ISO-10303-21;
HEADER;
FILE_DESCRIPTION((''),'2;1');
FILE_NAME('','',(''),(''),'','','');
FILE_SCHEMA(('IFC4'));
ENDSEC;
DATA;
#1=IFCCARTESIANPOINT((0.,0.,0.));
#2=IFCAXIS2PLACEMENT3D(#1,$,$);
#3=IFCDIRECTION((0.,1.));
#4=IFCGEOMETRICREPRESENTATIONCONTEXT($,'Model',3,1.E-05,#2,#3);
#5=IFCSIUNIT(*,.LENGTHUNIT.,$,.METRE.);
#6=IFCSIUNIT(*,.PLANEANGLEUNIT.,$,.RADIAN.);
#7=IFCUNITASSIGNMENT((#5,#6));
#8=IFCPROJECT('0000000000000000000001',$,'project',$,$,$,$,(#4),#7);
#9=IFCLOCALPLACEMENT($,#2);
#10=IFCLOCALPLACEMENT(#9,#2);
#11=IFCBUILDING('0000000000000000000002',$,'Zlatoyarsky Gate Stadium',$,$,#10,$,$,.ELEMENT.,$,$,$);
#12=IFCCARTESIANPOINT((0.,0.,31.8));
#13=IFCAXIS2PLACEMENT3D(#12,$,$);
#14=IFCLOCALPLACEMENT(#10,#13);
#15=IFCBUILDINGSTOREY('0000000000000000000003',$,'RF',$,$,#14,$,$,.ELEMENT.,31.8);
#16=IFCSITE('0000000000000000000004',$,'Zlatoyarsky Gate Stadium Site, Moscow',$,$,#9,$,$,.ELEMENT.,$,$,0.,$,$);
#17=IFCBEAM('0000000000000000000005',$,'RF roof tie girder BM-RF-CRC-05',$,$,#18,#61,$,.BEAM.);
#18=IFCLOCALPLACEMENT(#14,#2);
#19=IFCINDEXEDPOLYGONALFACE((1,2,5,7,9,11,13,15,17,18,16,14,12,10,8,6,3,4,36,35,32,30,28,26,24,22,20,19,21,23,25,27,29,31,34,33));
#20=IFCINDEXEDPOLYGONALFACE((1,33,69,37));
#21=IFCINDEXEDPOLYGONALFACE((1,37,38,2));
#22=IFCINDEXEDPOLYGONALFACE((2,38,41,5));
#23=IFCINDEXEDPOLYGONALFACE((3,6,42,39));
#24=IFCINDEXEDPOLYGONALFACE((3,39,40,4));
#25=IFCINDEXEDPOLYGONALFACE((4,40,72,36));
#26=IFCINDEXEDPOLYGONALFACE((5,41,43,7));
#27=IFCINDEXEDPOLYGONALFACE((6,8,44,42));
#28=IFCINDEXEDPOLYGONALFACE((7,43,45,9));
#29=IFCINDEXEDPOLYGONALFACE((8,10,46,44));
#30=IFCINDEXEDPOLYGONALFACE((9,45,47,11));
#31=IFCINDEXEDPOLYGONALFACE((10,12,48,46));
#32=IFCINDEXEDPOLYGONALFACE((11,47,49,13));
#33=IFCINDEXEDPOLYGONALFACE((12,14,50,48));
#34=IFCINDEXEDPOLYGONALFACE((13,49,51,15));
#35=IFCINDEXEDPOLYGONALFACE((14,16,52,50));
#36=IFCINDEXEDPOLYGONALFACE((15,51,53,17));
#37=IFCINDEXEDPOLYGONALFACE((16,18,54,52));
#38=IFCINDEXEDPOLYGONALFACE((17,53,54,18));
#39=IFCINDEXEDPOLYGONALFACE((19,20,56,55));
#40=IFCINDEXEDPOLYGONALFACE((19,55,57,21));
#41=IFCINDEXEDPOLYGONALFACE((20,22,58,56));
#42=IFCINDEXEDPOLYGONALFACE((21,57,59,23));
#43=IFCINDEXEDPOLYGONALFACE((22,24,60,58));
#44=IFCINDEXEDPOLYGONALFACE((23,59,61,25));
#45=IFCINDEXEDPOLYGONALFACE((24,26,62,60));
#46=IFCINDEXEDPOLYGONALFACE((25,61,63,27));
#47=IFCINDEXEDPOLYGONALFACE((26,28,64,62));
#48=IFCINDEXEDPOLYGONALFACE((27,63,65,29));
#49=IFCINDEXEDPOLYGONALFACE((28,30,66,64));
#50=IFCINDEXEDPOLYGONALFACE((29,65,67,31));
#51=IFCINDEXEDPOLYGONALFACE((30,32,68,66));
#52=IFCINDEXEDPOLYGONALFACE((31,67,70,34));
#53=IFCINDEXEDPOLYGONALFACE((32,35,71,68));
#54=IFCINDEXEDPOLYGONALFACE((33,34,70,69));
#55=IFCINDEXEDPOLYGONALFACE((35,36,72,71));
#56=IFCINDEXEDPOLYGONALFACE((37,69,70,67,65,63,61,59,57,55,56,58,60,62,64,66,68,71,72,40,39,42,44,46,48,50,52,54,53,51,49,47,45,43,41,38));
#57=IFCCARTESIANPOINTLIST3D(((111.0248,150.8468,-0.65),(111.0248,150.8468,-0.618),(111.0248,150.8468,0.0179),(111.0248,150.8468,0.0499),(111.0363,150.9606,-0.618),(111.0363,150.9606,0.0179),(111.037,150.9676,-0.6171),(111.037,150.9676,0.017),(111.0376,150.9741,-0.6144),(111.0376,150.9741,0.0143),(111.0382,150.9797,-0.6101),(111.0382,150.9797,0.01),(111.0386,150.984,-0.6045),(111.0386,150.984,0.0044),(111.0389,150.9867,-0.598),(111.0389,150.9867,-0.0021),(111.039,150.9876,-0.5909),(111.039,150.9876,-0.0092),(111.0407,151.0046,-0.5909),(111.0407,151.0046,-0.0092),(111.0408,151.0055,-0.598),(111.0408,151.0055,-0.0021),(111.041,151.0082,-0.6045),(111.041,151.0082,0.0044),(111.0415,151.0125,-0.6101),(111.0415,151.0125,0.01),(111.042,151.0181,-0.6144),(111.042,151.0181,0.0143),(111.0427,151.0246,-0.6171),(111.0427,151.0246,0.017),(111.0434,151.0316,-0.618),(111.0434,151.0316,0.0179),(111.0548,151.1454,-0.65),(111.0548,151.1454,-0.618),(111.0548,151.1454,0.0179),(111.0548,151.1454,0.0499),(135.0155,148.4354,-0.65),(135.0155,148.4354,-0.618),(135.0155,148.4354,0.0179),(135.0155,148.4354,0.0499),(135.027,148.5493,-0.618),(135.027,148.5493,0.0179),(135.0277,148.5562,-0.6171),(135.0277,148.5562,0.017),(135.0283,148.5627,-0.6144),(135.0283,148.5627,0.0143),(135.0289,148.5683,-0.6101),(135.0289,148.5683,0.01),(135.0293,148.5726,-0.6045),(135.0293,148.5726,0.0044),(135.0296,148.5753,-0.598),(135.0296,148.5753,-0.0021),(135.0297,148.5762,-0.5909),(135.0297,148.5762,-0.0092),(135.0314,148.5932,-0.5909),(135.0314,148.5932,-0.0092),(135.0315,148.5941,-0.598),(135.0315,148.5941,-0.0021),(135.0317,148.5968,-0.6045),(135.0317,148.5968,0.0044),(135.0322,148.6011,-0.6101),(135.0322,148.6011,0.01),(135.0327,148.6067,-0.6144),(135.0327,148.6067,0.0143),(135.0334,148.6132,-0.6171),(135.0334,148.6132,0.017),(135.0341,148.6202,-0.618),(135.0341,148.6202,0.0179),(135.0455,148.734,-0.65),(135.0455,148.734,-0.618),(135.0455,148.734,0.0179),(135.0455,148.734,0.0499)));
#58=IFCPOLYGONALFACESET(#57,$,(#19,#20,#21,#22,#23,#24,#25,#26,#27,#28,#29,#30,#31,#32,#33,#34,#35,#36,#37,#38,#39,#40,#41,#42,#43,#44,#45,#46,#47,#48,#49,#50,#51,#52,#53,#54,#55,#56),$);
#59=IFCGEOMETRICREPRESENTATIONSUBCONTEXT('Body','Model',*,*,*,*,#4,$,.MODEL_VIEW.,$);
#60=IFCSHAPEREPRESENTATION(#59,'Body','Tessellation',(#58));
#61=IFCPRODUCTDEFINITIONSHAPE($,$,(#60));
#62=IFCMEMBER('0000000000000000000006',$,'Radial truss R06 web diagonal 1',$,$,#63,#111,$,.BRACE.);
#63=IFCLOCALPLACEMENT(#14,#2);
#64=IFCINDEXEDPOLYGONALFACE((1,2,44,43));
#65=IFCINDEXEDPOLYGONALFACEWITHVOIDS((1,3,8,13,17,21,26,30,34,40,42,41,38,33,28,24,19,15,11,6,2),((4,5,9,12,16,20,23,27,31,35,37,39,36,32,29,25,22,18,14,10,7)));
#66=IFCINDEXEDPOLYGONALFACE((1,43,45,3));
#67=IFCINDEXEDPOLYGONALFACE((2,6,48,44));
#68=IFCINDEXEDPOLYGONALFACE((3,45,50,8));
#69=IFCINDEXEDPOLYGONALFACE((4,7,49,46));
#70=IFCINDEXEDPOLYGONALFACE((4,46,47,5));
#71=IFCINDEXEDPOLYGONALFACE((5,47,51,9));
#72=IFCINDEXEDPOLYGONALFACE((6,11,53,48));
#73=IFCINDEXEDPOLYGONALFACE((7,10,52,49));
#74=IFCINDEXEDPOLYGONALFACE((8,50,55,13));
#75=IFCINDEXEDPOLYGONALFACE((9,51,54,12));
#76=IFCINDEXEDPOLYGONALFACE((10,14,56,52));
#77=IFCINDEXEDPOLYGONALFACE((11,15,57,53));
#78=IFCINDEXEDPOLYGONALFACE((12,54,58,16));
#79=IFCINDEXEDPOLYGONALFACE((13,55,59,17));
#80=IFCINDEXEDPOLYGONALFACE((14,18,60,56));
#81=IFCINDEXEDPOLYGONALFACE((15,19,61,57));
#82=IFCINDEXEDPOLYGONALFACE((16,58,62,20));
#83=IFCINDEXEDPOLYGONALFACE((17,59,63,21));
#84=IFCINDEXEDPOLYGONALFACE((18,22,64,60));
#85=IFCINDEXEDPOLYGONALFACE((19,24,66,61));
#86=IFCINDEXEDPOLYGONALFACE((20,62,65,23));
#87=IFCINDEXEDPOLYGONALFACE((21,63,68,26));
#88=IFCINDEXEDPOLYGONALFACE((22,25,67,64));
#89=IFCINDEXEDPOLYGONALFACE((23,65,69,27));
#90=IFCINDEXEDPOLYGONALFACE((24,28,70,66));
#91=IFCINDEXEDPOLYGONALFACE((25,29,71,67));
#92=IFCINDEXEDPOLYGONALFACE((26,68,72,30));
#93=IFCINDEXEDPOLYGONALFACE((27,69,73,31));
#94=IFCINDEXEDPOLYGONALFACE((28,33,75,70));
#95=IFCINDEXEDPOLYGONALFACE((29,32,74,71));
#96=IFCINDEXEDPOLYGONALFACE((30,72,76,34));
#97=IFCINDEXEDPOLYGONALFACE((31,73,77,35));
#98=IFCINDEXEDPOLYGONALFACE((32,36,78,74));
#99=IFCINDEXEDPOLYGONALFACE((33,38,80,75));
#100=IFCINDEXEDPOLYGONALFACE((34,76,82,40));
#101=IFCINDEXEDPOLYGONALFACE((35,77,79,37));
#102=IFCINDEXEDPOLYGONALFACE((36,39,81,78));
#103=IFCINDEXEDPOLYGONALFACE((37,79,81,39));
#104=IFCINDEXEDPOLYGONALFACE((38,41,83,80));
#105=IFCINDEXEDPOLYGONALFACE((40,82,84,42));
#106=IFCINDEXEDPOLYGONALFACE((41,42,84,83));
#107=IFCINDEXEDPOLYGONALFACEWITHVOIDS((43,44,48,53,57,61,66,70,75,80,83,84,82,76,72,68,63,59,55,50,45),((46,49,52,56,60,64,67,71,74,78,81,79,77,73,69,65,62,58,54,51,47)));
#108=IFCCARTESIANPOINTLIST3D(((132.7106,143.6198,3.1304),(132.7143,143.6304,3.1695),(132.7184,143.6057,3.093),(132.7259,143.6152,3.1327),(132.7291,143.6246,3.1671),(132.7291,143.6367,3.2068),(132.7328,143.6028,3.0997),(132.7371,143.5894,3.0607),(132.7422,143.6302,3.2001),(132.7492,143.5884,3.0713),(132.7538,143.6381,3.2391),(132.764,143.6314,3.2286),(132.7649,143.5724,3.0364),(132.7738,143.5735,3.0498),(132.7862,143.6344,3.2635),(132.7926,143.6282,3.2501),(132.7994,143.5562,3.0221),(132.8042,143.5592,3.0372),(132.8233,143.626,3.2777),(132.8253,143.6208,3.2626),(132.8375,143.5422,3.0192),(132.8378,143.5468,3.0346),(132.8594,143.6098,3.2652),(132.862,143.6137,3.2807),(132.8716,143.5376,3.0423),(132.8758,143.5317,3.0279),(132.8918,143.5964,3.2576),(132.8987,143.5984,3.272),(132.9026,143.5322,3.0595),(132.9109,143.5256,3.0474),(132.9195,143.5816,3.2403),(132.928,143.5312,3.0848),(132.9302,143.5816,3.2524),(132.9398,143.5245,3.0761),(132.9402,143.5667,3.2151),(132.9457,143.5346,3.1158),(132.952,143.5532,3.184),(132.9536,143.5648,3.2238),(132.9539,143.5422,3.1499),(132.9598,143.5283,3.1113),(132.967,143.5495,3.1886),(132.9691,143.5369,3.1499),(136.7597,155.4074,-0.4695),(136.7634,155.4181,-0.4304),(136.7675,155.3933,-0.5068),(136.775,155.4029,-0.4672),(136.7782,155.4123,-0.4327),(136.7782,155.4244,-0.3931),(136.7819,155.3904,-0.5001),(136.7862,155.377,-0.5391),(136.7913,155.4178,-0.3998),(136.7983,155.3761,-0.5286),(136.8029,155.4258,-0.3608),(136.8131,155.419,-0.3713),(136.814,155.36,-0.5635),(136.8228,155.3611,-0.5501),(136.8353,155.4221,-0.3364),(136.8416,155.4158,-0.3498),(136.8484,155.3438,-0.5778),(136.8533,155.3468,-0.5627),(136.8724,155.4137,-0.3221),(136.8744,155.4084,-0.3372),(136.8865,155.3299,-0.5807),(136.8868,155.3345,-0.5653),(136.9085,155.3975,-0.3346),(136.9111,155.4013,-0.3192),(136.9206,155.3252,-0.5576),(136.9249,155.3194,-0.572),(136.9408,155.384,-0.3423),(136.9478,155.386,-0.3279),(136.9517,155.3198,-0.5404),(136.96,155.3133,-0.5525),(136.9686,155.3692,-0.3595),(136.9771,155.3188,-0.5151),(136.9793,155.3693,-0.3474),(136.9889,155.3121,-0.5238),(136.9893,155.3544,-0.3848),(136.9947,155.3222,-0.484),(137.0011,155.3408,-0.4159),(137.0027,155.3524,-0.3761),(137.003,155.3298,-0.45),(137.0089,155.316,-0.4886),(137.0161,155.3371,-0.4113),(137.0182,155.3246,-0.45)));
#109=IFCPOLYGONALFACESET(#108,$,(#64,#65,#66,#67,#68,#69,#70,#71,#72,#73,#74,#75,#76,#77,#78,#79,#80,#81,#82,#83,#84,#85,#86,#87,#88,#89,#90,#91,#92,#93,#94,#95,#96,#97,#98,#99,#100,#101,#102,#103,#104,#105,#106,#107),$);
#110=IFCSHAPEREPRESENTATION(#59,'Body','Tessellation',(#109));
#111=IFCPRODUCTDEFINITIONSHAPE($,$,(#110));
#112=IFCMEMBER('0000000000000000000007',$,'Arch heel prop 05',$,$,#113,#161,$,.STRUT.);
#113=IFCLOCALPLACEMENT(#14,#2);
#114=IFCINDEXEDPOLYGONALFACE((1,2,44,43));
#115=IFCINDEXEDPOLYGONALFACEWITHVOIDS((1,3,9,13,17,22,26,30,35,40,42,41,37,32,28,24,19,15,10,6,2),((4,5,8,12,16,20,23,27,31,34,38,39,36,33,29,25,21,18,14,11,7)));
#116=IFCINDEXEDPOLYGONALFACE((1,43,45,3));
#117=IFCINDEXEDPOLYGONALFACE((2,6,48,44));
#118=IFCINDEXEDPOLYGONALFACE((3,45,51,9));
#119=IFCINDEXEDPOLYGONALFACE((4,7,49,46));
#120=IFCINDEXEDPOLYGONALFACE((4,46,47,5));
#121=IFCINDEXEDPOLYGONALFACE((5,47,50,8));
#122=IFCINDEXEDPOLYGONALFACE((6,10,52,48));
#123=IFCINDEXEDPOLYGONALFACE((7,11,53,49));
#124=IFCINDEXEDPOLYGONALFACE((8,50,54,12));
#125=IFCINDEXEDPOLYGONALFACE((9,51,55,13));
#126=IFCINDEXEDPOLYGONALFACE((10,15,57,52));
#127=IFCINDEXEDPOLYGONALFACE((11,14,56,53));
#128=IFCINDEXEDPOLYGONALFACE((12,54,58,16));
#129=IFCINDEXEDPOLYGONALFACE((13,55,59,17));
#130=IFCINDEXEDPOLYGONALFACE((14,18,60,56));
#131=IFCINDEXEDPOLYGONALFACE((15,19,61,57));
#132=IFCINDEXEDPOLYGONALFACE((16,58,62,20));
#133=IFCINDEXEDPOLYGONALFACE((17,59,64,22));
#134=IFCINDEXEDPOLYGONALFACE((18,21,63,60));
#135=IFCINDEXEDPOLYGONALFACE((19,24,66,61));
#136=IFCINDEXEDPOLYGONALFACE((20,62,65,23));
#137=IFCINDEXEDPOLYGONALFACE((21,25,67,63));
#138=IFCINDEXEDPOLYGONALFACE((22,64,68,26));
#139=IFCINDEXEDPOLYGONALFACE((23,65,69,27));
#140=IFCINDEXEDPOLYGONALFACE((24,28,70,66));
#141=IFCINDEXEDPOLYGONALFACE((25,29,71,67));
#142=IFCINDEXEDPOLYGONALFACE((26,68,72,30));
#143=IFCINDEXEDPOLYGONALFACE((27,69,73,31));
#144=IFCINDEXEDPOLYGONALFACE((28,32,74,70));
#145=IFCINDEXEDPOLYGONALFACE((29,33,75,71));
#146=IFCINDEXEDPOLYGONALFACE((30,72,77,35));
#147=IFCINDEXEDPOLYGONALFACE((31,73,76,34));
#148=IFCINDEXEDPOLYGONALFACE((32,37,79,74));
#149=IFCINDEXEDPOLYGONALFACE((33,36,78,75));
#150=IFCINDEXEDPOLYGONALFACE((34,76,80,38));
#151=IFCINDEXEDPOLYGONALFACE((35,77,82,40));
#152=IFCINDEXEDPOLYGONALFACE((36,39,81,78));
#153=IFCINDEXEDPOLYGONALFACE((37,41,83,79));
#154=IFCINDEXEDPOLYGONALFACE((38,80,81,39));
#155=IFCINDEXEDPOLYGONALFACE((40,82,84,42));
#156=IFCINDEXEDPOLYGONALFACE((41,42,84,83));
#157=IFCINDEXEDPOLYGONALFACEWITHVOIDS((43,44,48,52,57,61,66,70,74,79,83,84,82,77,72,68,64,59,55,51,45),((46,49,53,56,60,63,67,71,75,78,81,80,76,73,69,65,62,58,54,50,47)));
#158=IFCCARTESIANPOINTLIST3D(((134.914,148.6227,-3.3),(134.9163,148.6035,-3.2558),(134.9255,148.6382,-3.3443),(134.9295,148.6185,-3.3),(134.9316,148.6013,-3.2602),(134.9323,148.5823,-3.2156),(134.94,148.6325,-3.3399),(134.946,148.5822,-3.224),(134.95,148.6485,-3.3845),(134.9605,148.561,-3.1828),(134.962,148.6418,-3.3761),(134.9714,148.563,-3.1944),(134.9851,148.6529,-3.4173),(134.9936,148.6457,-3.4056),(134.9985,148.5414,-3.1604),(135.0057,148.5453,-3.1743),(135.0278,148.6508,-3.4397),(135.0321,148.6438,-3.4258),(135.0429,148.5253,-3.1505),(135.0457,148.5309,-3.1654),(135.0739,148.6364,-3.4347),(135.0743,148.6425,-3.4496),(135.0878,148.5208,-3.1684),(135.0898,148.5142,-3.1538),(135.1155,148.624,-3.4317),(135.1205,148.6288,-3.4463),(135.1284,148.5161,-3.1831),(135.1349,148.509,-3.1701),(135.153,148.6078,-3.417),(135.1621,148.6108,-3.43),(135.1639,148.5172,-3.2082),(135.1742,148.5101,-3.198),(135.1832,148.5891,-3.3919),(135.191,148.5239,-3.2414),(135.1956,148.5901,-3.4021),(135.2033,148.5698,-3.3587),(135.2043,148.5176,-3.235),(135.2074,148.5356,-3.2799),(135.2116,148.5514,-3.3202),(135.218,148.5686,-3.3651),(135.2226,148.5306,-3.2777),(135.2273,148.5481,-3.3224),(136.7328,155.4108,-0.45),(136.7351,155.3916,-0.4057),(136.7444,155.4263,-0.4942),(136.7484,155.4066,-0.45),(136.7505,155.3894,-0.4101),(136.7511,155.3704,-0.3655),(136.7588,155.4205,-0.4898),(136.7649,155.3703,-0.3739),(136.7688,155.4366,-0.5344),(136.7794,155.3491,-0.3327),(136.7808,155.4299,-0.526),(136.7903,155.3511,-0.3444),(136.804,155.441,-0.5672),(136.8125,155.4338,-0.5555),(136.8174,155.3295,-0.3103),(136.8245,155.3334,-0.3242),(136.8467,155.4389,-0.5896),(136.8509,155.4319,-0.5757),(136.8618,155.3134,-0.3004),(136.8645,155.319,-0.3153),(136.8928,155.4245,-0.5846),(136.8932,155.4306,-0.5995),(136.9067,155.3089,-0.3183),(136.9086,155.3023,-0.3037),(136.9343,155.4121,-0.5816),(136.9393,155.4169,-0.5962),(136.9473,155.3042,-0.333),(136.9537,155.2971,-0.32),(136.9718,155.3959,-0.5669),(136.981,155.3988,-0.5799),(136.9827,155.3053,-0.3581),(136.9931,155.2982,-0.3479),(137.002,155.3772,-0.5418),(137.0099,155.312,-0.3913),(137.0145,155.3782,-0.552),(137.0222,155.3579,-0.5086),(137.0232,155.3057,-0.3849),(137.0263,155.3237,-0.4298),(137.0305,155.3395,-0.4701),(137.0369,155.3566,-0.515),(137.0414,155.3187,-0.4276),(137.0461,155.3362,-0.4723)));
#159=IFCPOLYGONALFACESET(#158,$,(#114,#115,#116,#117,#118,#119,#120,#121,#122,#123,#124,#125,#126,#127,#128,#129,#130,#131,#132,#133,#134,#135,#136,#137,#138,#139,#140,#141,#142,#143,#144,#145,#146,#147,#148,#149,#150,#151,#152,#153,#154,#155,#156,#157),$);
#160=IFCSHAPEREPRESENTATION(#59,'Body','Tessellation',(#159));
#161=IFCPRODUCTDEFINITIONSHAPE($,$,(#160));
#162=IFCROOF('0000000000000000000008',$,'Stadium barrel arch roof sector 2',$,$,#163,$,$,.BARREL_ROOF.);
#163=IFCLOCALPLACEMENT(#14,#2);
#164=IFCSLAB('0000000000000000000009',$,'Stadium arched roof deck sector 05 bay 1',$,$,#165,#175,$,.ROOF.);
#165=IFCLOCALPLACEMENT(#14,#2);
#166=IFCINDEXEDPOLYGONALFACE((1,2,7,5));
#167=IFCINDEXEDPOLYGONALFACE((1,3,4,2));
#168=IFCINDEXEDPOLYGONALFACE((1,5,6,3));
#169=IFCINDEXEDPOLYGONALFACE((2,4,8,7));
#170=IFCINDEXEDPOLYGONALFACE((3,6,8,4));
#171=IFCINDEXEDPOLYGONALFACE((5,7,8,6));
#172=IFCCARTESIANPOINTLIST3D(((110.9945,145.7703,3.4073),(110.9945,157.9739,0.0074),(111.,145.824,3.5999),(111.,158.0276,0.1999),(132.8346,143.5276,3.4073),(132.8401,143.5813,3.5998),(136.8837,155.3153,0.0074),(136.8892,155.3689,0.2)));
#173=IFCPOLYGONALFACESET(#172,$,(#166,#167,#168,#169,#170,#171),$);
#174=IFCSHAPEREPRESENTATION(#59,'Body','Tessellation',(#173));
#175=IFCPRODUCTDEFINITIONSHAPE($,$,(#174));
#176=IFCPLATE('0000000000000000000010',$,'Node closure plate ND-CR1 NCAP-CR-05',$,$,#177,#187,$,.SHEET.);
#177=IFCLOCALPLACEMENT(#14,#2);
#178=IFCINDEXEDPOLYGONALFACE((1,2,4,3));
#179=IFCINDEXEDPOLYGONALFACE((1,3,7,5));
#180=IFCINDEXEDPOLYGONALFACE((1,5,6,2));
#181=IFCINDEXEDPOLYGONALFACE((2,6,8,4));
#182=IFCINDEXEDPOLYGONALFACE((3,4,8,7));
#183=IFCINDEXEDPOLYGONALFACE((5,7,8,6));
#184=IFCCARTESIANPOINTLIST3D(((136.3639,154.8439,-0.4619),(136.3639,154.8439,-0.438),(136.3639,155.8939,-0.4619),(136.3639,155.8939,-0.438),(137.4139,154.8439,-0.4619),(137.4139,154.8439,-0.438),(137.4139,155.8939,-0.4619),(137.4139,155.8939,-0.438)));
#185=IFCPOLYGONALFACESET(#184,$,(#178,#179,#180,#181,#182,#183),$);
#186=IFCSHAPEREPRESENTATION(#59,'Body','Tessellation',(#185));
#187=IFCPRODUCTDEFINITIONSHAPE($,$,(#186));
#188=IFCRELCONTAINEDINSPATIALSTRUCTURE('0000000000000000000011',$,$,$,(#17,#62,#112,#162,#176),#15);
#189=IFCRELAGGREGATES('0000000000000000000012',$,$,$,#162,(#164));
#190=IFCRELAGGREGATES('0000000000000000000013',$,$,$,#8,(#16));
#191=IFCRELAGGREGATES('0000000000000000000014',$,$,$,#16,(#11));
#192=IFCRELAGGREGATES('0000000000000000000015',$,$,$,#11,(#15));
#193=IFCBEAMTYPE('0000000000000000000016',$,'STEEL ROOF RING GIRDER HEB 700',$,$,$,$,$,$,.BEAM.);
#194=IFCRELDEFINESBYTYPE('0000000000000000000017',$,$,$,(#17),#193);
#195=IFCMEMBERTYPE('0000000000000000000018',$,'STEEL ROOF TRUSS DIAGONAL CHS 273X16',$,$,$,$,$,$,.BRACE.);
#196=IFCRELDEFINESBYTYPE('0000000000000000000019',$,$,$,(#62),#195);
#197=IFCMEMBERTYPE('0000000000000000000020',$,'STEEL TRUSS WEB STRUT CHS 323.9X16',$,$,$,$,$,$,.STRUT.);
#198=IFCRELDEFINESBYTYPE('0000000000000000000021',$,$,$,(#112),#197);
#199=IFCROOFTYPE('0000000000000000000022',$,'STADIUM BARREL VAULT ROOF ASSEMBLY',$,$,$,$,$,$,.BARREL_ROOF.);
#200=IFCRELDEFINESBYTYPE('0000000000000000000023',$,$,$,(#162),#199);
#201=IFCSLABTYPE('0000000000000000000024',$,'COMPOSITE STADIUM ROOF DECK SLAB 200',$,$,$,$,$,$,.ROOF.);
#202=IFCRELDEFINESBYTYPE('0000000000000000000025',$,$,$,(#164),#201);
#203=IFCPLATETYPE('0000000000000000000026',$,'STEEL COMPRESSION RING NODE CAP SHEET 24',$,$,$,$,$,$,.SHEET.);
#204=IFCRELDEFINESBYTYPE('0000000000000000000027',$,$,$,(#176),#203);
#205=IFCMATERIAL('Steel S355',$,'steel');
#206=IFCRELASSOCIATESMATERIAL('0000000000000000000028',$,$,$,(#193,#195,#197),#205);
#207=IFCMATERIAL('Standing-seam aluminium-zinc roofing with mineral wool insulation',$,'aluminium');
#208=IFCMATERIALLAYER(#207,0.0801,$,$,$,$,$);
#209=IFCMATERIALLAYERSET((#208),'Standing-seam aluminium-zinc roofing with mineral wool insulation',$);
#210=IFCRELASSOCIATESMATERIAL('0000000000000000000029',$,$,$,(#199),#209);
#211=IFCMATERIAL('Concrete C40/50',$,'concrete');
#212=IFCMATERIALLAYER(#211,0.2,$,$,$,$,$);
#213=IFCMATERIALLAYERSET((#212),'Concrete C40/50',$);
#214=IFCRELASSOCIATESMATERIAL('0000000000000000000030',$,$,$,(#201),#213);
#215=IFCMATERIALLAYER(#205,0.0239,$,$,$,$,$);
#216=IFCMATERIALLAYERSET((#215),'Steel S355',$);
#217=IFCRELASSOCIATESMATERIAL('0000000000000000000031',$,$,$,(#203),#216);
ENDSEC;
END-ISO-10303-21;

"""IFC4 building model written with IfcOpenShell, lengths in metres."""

from ifc_helpers import new_model, si_unit, direction, frame, origin, origin_2d, place, context, subcontext, project, spatial, polyline, rectangle, hollow_circle, i_section, outline, extrude, material, layer, layer_set, material_profile, profile_set, type_object, element, aggregate, save


model = new_model("IFC4")

# Units and contexts
model_context = context("Model", 3, precision=1e-05, world=origin(), true_north=direction((0.0, 1.0)))
body_context = subcontext(model_context, "Body", "Model", "MODEL_VIEW")
ifc_project = project(units=[si_unit("LENGTHUNIT", "METRE"), si_unit("PLANEANGLEUNIT", "RADIAN")], contexts=[model_context])

# Site, building, storey
site_placement = place(None, origin())
site = spatial("IfcSite", under=ifc_project, at=site_placement, Name="Zlatoyarsky Gate Stadium Site, Moscow", CompositionType="ELEMENT", RefElevation=0.0)
building_placement = place(site_placement, origin())
building = spatial("IfcBuilding", under=site, at=building_placement, Name="Zlatoyarsky Gate Stadium", CompositionType="ELEMENT")
storey_placement = place(building_placement, frame((0.0, 0.0, 31.8)))
storey = spatial("IfcBuildingStorey", under=building, at=storey_placement, Name="RF", CompositionType="ELEMENT", Elevation=31.8)

# Shared definitions
ifc_material_1 = material(Name="Steel S355", Category="steel")

# Beam
ifc_material_profile_1 = material_profile(ifc_material_1, i_section(OverallWidth=0.3, OverallDepth=0.7, WebThickness=0.0171, FlangeThickness=0.032, FilletRadius=0.0271, at=origin_2d()), Name="HEB 700")
ifc_profile_set_1 = profile_set([ifc_material_profile_1], Name="Steel S355")
beam_type_1 = type_object("IfcBeamType", Name="STEEL ROOF RING GIRDER HEB 700", PredefinedType="BEAM", material=ifc_profile_set_1)
beam_1_placement = place(storey_placement, frame((135.0305, 148.5847, -0.3), z_axis=(-0.994987, 0.100009, 0.0), x_axis=(-0.100009, -0.994987, 0.0)))
element("IfcBeam", 1, at=beam_1_placement, inside=storey, type_object=beam_type_1, Name="RF roof tie girder BM-RF-CRC-05", PredefinedType="BEAM", context=body_context, shape_type="SweptSolid", body=[
    extrude(i_section(OverallWidth=0.3, OverallDepth=0.7, WebThickness=0.0171, FlangeThickness=0.032, FilletRadius=0.0271, at=origin_2d()), origin(), (0.0, 0.0, 1.0), 24.1116),
])

# Members
ifc_material_profile_2 = material_profile(ifc_material_1, hollow_circle(Radius=0.1365, WallThickness=0.0161, at=origin_2d()), Name="CHS 273X16")
ifc_profile_set_2 = profile_set([ifc_material_profile_2], Name="Steel S355")
member_type_1 = type_object("IfcMemberType", Name="STEEL ROOF TRUSS DIAGONAL CHS 273X16", PredefinedType="BRACE", material=ifc_profile_set_2)
member_1_placement = place(storey_placement, frame((136.8892, 155.3689, -0.45), z_axis=(-0.312113, -0.908618, 0.277486), x_axis=(0.945758, -0.324871, 0.0)))
element("IfcMember", 2, at=member_1_placement, inside=storey, type_object=member_type_1, Name="Radial truss R06 web diagonal 1", PredefinedType="BRACE", context=body_context, shape_type="SweptSolid", body=[
    extrude(hollow_circle(Radius=0.1365, WallThickness=0.0161, at=origin_2d()), origin(), (0.0, 0.0, 1.0), 12.9731),
])
ifc_material_profile_3 = material_profile(ifc_material_1, hollow_circle(Radius=0.1619, WallThickness=0.0161, at=origin_2d()), Name="CHS 323.9X16")
ifc_profile_set_3 = profile_set([ifc_material_profile_3], Name="Steel S355")
member_type_2 = type_object("IfcMemberType", Name="STEEL TRUSS WEB STRUT CHS 323.9X16", PredefinedType="STRUT", material=ifc_profile_set_3)
member_2_placement = place(storey_placement, frame((135.0703, 148.5808, -3.3), z_axis=(0.239843, 0.895113, 0.375829), x_axis=(-0.965926, 0.258817, 0.0)))
element("IfcMember", 3, at=member_2_placement, inside=storey, type_object=member_type_2, Name="Arch heel prop 05", PredefinedType="STRUT", context=body_context, shape_type="SweptSolid", body=[
    extrude(hollow_circle(Radius=0.1619, WallThickness=0.0161, at=origin_2d()), origin(), (0.0, 0.0, 1.0), 7.5835),
])

# Roof, slab
ifc_material_2 = material(Name="Standing-seam aluminium-zinc roofing with mineral wool insulation", Category="aluminium")
ifc_layer_1 = layer(ifc_material_2, 0.0801)
ifc_layer_set_1 = layer_set([ifc_layer_1], Name="Standing-seam aluminium-zinc roofing with mineral wool insulation")
roof_type = type_object("IfcRoofType", Name="STADIUM BARREL VAULT ROOF ASSEMBLY", PredefinedType="BARREL_ROOF", material=ifc_layer_set_1)
roof_placement = place(storey_placement, origin())
roof = element("IfcRoof", 4, at=roof_placement, inside=storey, type_object=roof_type, Name="Stadium barrel arch roof sector 2", PredefinedType="BARREL_ROOF")
ifc_material_3 = material(Name="Concrete C40/50", Category="concrete")
ifc_layer_2 = layer(ifc_material_3, 0.2)
ifc_layer_set_2 = layer_set([ifc_layer_2], Name="Concrete C40/50")
slab_type = type_object("IfcSlabType", Name="COMPOSITE STADIUM ROOF DECK SLAB 200", PredefinedType="ROOF", material=ifc_layer_set_2)
slab_placement = place(storey_placement, frame((136.8892, 155.3689, 0.2), z_axis=(0.02755, 0.268278, 0.962948), x_axis=(-0.994768, 0.102158, -0.000001)))
slab = element("IfcSlab", 5, at=slab_placement, type_object=slab_type, Name="Stadium arched roof deck sector 05 bay 1", PredefinedType="ROOF", context=body_context, shape_type="SweptSolid", body=[
    extrude(outline(polyline([(0.0, 0.0), (26.0253, 0.0), (24.7786, 12.6069), (2.8237, 12.6067), (0.0, 0.0)])), origin(), (0.0, 0.0, -1.0), 0.2),
])

# Plate
ifc_layer_3 = layer(ifc_material_1, 0.0239)
ifc_layer_set_3 = layer_set([ifc_layer_3], Name="Steel S355")
plate_type_1 = type_object("IfcPlateType", Name="STEEL COMPRESSION RING NODE CAP SHEET 24", PredefinedType="SHEET", material=ifc_layer_set_3)
plate_1_placement = place(storey_placement, frame((136.8889, 155.3689, -0.4619), z_axis=(0.0, 0.0, 1.0), x_axis=(1.0, 0.0, 0.0)))
element("IfcPlate", 6, at=plate_1_placement, inside=storey, type_object=plate_type_1, Name="Node closure plate ND-CR1 NCAP-CR-05", PredefinedType="SHEET", context=body_context, shape_type="SweptSolid", body=[
    extrude(rectangle(XDim=1.05, YDim=1.05, at=origin_2d()), origin(), (0.0, 0.0, 1.0), 0.0239),
])

aggregate(roof, [slab])

save(model, "model.ifc")
